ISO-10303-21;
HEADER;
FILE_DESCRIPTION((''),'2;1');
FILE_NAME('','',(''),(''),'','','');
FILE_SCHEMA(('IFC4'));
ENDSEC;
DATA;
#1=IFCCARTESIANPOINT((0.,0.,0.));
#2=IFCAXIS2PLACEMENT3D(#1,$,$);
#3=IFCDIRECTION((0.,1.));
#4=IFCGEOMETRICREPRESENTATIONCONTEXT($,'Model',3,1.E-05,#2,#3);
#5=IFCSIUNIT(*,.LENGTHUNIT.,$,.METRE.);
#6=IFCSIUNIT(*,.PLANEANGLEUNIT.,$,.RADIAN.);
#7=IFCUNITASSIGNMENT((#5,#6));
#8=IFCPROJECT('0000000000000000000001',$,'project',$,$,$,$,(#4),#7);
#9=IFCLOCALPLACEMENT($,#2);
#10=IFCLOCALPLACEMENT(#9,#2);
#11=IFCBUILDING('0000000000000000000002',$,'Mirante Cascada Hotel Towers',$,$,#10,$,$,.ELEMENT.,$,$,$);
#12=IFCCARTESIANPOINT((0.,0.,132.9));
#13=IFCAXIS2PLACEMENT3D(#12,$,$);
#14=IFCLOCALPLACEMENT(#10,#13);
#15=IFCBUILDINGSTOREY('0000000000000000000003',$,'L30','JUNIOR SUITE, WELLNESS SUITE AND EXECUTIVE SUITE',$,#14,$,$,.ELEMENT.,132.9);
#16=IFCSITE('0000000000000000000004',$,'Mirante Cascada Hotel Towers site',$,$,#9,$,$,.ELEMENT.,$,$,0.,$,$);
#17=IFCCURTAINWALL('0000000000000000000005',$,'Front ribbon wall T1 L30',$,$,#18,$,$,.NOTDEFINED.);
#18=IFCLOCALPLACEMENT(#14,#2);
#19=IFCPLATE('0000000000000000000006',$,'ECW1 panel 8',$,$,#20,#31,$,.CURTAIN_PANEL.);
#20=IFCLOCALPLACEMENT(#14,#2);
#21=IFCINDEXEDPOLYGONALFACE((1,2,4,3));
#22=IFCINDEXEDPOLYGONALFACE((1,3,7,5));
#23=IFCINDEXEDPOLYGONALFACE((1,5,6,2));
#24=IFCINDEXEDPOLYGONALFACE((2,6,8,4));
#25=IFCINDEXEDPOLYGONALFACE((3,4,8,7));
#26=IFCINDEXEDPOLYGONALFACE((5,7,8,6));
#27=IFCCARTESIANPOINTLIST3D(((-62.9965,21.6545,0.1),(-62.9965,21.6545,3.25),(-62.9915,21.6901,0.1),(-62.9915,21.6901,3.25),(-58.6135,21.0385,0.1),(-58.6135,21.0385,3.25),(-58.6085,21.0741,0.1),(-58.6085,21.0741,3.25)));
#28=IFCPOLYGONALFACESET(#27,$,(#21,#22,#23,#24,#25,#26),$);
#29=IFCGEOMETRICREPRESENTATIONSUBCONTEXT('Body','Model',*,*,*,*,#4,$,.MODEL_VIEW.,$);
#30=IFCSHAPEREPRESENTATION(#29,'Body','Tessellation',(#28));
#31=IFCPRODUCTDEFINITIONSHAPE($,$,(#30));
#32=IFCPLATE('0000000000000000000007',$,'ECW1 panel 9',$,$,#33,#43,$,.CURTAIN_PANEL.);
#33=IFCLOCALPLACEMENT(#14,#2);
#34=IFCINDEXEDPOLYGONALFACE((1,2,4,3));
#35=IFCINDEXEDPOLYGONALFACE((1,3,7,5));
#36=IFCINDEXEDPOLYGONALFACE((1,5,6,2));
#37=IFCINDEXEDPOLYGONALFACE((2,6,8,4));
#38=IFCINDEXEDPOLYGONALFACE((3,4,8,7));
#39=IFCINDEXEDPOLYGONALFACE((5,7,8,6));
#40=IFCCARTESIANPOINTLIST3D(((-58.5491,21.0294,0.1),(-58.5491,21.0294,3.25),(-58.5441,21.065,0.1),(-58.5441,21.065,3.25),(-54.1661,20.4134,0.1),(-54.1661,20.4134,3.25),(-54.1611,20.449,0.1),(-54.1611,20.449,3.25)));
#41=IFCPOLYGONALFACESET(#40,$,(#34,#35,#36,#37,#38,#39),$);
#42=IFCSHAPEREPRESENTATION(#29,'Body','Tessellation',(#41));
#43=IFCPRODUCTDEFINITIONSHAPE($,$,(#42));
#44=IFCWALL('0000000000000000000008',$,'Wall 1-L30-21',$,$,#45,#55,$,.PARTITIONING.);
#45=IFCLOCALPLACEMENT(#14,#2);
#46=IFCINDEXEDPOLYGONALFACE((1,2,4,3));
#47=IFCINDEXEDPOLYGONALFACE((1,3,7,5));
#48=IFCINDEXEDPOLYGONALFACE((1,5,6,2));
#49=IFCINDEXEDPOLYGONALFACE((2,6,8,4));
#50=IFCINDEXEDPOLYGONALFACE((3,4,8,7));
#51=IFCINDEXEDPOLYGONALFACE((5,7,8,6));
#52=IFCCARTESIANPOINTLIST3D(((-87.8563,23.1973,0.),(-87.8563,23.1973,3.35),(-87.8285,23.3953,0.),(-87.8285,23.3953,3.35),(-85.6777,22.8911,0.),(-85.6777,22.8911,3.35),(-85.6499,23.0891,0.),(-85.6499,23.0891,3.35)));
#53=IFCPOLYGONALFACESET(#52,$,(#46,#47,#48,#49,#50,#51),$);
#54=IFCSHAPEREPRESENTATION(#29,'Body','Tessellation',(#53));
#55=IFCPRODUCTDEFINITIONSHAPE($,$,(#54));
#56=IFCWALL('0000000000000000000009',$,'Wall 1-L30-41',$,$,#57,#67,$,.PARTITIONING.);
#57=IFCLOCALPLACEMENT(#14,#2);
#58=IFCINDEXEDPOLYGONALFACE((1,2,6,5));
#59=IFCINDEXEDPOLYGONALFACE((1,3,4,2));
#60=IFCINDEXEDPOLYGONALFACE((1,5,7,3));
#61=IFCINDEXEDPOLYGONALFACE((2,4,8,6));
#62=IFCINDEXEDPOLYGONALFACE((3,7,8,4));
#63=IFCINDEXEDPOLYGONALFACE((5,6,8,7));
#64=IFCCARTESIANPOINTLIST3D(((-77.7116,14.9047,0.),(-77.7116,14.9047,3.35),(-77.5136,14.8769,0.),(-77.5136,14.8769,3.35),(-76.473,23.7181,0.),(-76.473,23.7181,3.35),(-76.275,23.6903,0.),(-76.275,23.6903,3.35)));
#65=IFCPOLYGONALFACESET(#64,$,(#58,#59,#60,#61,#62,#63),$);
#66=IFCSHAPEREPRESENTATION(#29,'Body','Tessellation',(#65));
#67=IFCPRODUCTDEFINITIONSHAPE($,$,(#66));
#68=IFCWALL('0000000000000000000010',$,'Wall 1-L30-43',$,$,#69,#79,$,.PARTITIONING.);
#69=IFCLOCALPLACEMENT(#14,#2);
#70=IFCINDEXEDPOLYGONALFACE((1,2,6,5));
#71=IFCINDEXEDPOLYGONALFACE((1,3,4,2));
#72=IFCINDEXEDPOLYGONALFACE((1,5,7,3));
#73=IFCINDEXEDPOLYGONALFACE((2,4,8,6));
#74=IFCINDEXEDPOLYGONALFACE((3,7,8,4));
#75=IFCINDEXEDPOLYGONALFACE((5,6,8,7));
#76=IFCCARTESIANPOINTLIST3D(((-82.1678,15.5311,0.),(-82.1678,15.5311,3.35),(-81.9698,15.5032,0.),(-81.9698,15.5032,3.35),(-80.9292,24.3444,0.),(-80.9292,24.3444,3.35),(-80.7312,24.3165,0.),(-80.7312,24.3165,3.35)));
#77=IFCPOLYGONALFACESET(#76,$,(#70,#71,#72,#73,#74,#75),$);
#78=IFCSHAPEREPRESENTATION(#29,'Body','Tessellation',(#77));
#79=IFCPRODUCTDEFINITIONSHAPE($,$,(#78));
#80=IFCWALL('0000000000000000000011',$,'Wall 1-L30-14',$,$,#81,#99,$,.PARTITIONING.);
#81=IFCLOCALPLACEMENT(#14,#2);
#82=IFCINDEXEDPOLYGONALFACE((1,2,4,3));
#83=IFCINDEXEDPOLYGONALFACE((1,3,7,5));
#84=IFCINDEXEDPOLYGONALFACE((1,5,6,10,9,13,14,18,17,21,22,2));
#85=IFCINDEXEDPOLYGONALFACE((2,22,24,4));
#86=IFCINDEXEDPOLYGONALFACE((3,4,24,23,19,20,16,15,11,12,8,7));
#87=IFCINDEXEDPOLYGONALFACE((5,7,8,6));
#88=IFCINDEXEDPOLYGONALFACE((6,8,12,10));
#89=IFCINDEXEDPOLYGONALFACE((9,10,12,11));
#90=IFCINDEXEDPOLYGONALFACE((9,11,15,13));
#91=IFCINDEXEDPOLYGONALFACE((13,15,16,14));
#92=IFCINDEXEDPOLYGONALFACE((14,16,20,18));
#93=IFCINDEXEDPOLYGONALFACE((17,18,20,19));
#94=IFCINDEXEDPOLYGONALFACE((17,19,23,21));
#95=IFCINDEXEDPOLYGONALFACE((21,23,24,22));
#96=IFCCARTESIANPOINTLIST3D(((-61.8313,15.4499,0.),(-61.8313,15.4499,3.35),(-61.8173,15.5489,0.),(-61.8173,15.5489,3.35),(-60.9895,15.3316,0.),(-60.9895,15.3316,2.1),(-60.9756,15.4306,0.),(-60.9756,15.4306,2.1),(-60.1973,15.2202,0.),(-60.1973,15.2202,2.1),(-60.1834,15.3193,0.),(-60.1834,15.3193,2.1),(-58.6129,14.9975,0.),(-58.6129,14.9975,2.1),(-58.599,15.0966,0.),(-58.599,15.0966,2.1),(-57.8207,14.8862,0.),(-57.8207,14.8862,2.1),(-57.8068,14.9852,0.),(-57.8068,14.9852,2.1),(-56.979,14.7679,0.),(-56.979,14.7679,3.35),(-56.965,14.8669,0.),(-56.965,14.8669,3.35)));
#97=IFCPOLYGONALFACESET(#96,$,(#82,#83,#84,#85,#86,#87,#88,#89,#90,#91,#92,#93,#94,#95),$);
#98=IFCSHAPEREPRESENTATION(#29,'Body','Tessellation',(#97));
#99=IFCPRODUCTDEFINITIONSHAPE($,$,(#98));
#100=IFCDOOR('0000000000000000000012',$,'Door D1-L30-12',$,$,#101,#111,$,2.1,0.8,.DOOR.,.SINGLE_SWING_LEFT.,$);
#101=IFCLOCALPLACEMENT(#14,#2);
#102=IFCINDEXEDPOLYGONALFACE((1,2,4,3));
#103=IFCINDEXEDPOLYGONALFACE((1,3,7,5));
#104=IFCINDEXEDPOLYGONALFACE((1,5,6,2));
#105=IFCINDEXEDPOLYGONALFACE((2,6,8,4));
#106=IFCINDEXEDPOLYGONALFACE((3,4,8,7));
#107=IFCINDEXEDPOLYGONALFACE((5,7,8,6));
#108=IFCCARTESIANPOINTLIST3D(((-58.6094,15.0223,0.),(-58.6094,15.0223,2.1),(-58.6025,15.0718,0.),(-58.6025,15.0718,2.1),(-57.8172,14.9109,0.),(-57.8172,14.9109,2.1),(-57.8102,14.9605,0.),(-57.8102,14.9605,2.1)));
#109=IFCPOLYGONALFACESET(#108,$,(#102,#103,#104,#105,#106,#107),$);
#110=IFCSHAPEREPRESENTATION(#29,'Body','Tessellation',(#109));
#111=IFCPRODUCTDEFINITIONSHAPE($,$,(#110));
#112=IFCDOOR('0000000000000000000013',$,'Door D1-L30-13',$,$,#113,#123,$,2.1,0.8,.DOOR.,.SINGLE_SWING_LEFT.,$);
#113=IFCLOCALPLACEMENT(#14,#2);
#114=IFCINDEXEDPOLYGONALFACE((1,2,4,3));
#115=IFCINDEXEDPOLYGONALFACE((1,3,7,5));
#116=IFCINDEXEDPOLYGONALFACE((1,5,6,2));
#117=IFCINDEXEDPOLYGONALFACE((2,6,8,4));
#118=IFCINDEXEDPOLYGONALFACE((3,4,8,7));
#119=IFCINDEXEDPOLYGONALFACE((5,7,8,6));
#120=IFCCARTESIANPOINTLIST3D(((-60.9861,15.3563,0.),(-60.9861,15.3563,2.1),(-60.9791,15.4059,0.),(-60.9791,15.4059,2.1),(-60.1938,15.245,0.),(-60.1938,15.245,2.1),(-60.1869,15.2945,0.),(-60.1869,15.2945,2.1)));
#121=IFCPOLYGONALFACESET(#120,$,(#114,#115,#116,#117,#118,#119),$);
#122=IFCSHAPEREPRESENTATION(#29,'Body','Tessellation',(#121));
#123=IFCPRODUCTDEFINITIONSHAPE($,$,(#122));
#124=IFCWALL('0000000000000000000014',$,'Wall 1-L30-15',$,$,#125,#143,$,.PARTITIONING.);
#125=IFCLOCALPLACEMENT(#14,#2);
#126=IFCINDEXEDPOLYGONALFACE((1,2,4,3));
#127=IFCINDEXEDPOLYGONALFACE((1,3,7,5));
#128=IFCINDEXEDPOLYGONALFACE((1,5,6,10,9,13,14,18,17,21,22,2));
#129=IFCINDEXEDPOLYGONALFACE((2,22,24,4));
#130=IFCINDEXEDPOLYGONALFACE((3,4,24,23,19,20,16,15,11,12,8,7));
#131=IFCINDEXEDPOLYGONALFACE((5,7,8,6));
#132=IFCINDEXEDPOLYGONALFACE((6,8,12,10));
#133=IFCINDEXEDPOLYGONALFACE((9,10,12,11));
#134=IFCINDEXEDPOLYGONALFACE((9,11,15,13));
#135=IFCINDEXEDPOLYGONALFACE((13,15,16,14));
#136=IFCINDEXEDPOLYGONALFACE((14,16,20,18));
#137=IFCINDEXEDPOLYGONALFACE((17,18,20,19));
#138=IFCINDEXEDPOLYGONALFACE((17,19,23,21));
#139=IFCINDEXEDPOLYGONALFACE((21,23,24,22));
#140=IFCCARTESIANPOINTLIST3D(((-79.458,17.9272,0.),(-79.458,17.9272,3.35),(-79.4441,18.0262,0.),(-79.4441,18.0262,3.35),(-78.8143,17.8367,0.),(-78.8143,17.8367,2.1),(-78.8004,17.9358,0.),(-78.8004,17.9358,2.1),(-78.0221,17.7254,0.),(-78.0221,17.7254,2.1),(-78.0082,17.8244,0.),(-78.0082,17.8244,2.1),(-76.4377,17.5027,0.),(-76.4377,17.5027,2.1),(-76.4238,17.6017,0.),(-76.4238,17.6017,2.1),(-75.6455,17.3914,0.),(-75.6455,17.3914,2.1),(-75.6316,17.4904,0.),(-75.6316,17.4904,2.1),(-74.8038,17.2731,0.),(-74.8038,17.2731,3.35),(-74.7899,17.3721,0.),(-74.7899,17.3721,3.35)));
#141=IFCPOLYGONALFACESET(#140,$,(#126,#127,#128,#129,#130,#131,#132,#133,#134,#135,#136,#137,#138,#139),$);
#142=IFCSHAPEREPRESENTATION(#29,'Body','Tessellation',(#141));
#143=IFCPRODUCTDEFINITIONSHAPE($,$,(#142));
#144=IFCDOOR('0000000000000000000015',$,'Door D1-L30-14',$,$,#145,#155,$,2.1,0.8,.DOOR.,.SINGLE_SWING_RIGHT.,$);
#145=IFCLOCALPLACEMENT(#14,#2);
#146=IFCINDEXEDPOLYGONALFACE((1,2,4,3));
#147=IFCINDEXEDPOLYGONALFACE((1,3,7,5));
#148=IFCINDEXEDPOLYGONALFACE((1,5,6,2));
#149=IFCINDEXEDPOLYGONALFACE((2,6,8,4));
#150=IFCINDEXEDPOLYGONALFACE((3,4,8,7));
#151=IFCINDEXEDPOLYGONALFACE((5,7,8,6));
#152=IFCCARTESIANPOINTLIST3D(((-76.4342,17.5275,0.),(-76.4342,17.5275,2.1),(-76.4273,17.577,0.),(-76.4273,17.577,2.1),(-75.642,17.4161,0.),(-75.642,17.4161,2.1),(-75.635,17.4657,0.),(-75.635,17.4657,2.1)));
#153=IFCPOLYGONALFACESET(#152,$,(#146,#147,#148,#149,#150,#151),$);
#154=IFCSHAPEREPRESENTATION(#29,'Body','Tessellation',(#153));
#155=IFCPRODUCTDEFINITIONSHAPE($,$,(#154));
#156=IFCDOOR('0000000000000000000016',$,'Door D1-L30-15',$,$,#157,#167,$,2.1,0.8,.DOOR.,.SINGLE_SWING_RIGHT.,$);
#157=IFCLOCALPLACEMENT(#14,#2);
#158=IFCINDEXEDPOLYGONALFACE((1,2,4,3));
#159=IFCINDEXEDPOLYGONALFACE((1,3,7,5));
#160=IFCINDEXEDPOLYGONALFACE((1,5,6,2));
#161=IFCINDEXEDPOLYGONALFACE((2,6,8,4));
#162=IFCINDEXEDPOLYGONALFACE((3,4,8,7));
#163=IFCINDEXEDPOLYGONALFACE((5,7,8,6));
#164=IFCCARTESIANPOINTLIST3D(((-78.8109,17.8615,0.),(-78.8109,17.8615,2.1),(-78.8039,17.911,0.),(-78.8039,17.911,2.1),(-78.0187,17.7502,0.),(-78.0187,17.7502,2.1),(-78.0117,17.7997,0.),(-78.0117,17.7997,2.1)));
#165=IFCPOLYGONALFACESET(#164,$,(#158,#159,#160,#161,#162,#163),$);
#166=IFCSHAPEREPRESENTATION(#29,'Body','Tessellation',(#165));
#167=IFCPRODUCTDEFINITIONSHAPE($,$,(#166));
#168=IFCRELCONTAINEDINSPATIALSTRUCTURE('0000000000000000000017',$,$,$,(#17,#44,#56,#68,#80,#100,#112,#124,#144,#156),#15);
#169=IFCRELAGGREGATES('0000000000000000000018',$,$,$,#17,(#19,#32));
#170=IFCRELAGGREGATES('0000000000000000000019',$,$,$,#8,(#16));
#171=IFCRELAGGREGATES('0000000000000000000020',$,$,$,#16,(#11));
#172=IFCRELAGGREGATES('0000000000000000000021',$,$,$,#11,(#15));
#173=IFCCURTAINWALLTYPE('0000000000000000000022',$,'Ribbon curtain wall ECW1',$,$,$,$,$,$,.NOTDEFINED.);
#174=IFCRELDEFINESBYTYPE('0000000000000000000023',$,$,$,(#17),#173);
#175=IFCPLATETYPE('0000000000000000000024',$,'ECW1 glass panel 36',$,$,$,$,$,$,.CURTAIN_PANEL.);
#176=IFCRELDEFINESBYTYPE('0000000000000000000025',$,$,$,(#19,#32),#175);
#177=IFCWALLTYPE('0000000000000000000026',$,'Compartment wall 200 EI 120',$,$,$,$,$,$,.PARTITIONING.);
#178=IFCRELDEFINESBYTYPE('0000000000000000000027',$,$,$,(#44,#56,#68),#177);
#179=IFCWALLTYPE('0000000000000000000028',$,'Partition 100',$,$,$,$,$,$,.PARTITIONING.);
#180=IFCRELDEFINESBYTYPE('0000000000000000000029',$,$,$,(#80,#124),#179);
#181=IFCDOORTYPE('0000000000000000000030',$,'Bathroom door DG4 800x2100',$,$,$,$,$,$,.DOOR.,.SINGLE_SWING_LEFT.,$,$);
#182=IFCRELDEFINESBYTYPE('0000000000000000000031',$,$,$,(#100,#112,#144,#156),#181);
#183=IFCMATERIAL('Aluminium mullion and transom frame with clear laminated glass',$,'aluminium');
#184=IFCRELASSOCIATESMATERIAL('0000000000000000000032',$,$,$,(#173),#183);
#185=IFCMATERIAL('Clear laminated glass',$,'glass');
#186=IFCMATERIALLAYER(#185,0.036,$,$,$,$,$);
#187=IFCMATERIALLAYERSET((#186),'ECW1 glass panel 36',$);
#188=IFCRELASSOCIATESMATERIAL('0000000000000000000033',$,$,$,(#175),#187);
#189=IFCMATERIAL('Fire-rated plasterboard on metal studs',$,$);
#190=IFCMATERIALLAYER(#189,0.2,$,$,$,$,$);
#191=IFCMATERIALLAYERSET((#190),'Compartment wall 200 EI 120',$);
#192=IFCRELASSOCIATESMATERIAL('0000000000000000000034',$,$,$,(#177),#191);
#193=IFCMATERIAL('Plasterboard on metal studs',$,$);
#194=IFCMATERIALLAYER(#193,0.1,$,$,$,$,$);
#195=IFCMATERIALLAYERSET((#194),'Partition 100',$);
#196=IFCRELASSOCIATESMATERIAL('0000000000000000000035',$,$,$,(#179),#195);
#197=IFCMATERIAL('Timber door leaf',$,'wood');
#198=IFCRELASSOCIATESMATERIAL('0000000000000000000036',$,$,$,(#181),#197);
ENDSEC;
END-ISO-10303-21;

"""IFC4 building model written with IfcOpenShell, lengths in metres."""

from ifc_helpers import new_model, si_unit, direction, frame, frame_2d, origin, origin_2d, place, context, subcontext, project, spatial, rectangle, extrude, material, layer, layer_set, type_object, element, fill, aggregate, save


model = new_model("IFC4")

# Units and contexts
model_context = context("Model", 3, precision=1e-05, world=origin(), true_north=direction((0.0, 1.0)))
body_context = subcontext(model_context, "Body", "Model", "MODEL_VIEW")
ifc_project = project(units=[si_unit("LENGTHUNIT", "METRE"), si_unit("PLANEANGLEUNIT", "RADIAN")], contexts=[model_context])

# Site, building, storey
site_placement = place(None, origin())
site = spatial("IfcSite", under=ifc_project, at=site_placement, Name="Mirante Cascada Hotel Towers site", CompositionType="ELEMENT", RefElevation=0.0)
building_placement = place(site_placement, origin())
building = spatial("IfcBuilding", under=site, at=building_placement, Name="Mirante Cascada Hotel Towers", CompositionType="ELEMENT")
storey_placement = place(building_placement, frame((0.0, 0.0, 132.9)))
storey = spatial("IfcBuildingStorey", under=building, at=storey_placement, Name="L30", Description="JUNIOR SUITE, WELLNESS SUITE AND EXECUTIVE SUITE", CompositionType="ELEMENT", Elevation=132.9)

# Curtain wall, plates
ifc_material_1 = material(Name="Aluminium mullion and transom frame with clear laminated glass", Category="aluminium")
curtain_wall_type = type_object("IfcCurtainWallType", Name="Ribbon curtain wall ECW1", PredefinedType="NOTDEFINED", material=ifc_material_1)
curtain_wall_placement = place(storey_placement, origin())
curtain_wall = element("IfcCurtainWall", 1, at=curtain_wall_placement, inside=storey, type_object=curtain_wall_type, Name="Front ribbon wall T1 L30", PredefinedType="NOTDEFINED")
ifc_material_2 = material(Name="Clear laminated glass", Category="glass")
ifc_layer_1 = layer(ifc_material_2, 0.036)
ifc_layer_set_1 = layer_set([ifc_layer_1], Name="ECW1 glass panel 36")
plate_type = type_object("IfcPlateType", Name="ECW1 glass panel 36", PredefinedType="CURTAIN_PANEL", material=ifc_layer_set_1)
plate_1_placement = place(storey_placement, frame((-60.8025, 21.3643, 0.1), z_axis=(0.0, 0.0, 1.0), x_axis=(0.990268, -0.139173, 0.0)))
plate_1 = element("IfcPlate", 2, at=plate_1_placement, type_object=plate_type, Name="ECW1 panel 8", PredefinedType="CURTAIN_PANEL", context=body_context, shape_type="SweptSolid", body=[
    extrude(rectangle(XDim=4.4261, YDim=0.036, at=origin_2d()), origin(), (0.0, 0.0, 1.0), 3.15),
])
plate_2_placement = place(storey_placement, frame((-56.3551, 20.7392, 0.1), z_axis=(0.0, 0.0, 1.0), x_axis=(0.990268, -0.139173, 0.0)))
plate_2 = element("IfcPlate", 3, at=plate_2_placement, type_object=plate_type, Name="ECW1 panel 9", PredefinedType="CURTAIN_PANEL", context=body_context, shape_type="SweptSolid", body=[
    extrude(rectangle(XDim=4.4261, YDim=0.036, at=origin_2d()), origin(), (0.0, 0.0, 1.0), 3.15),
])
aggregate(curtain_wall, [plate_1, plate_2])

# Walls
ifc_material_3 = material(Name="Fire-rated plasterboard on metal studs")
ifc_layer_2 = layer(ifc_material_3, 0.2)
ifc_layer_set_2 = layer_set([ifc_layer_2], Name="Compartment wall 200 EI 120")
wall_type_1 = type_object("IfcWallType", Name="Compartment wall 200 EI 120", PredefinedType="PARTITIONING", material=ifc_layer_set_2)
wall_1_placement = place(storey_placement, frame((-85.6638, 22.9901, 0.0), z_axis=(0.0, 0.0, 1.0), x_axis=(-0.990267, 0.139181, 0.0)))
element("IfcWall", 4, at=wall_1_placement, inside=storey, type_object=wall_type_1, Name="Wall 1-L30-21", PredefinedType="PARTITIONING", context=body_context, shape_type="SweptSolid", body=[
    extrude(rectangle(XDim=2.2, YDim=0.2, at=frame_2d((1.1, 0.0))), origin(), (0.0, 0.0, 1.0), 3.35),
])
wall_2_placement = place(storey_placement, frame((-77.6126, 14.8908, 0.0), z_axis=(0.0, 0.0, 1.0), x_axis=(0.139168, 0.990269, 0.0)))
element("IfcWall", 5, at=wall_2_placement, inside=storey, type_object=wall_type_1, Name="Wall 1-L30-41", PredefinedType="PARTITIONING", context=body_context, shape_type="SweptSolid", body=[
    extrude(rectangle(XDim=8.9, YDim=0.2, at=frame_2d((4.45, 0.0))), origin(), (0.0, 0.0, 1.0), 3.35),
])
wall_3_placement = place(storey_placement, frame((-82.0688, 15.5171, 0.0), z_axis=(0.0, 0.0, 1.0), x_axis=(0.13917, 0.990268, 0.0)))
element("IfcWall", 6, at=wall_3_placement, inside=storey, type_object=wall_type_1, Name="Wall 1-L30-43", PredefinedType="PARTITIONING", context=body_context, shape_type="SweptSolid", body=[
    extrude(rectangle(XDim=8.8999, YDim=0.2, at=frame_2d((4.45, 0.0))), origin(), (0.0, 0.0, 1.0), 3.35),
])

# Walls, openings, doors
ifc_material_4 = material(Name="Plasterboard on metal studs")
ifc_layer_3 = layer(ifc_material_4, 0.1)
ifc_layer_set_3 = layer_set([ifc_layer_3], Name="Partition 100")
wall_type_2 = type_object("IfcWallType", Name="Partition 100", PredefinedType="PARTITIONING", material=ifc_layer_set_3)
wall_4_placement = place(storey_placement, frame((-61.8243, 15.4994, 0.0), z_axis=(0.0, 0.0, 1.0), x_axis=(0.990267, -0.139184, 0.0)))
wall_4 = element("IfcWall", 7, at=wall_4_placement, inside=storey, type_object=wall_type_2, Name="Wall 1-L30-14", PredefinedType="PARTITIONING", context=body_context, shape_type="SweptSolid", body=[
    extrude(rectangle(XDim=4.9, YDim=0.1, at=frame_2d((2.45, 0.0))), origin(), (0.0, 0.0, 1.0), 3.35),
])
opening_1_placement = place(wall_4_placement, frame((3.25, 0.0, 0.0)))
opening_1 = element("IfcOpeningElement", 8, at=opening_1_placement, cuts=wall_4, PredefinedType="OPENING", context=body_context, shape_type="SweptSolid", body=[
    extrude(rectangle(XDim=0.8, YDim=2.1, at=frame_2d((0.4, 1.05))), frame((0.0, 0.05, 0.0), z_axis=(0.0, -1.0, 0.0), x_axis=(1.0, 0.0, 0.0)), (0.0, 0.0, 1.0), 0.1),
])
opening_2_placement = place(wall_4_placement, frame((0.85, 0.0, 0.0)))
opening_2 = element("IfcOpeningElement", 9, at=opening_2_placement, cuts=wall_4, PredefinedType="OPENING", context=body_context, shape_type="SweptSolid", body=[
    extrude(rectangle(XDim=0.8, YDim=2.1, at=frame_2d((0.4, 1.05))), frame((0.0, 0.05, 0.0), z_axis=(0.0, -1.0, 0.0), x_axis=(1.0, 0.0, 0.0)), (0.0, 0.0, 1.0), 0.1),
])
ifc_material_5 = material(Name="Timber door leaf", Category="wood")
door_type = type_object("IfcDoorType", Name="Bathroom door DG4 800x2100", OperationType="SINGLE_SWING_LEFT", PredefinedType="DOOR", material=ifc_material_5)
door_1_placement = place(opening_1_placement, origin())
door_1 = element("IfcDoor", 10, at=door_1_placement, inside=storey, type_object=door_type, Name="Door D1-L30-12", OperationType="SINGLE_SWING_LEFT", OverallHeight=2.1, OverallWidth=0.8, PredefinedType="DOOR", context=body_context, shape_type="SweptSolid", body=[
    extrude(rectangle(XDim=0.8, YDim=2.1, at=frame_2d((0.4, 1.05))), frame((0.0, 0.025, 0.0), z_axis=(0.0, -1.0, 0.0), x_axis=(1.0, 0.0, 0.0)), (0.0, 0.0, 1.0), 0.05),
])
fill(opening_1, door_1)
door_2_placement = place(opening_2_placement, origin())
door_2 = element("IfcDoor", 11, at=door_2_placement, inside=storey, type_object=door_type, Name="Door D1-L30-13", OperationType="SINGLE_SWING_LEFT", OverallHeight=2.1, OverallWidth=0.8, PredefinedType="DOOR", context=body_context, shape_type="SweptSolid", body=[
    extrude(rectangle(XDim=0.8, YDim=2.1, at=frame_2d((0.4, 1.05))), frame((0.0, 0.025, 0.0), z_axis=(0.0, -1.0, 0.0), x_axis=(1.0, 0.0, 0.0)), (0.0, 0.0, 1.0), 0.05),
])
fill(opening_2, door_2)
wall_5_placement = place(storey_placement, frame((-74.7968, 17.3226, 0.0), z_axis=(0.0, 0.0, 1.0), x_axis=(-0.990268, 0.139172, 0.0)))
wall_5 = element("IfcWall", 12, at=wall_5_placement, inside=storey, type_object=wall_type_2, Name="Wall 1-L30-15", PredefinedType="PARTITIONING", context=body_context, shape_type="SweptSolid", body=[
    extrude(rectangle(XDim=4.6999, YDim=0.1, at=frame_2d((2.35, 0.0))), origin(), (0.0, 0.0, 1.0), 3.35),
])
opening_3_placement = place(wall_5_placement, frame((0.85, 0.0, 0.0)))
opening_3 = element("IfcOpeningElement", 13, at=opening_3_placement, cuts=wall_5, PredefinedType="OPENING", context=body_context, shape_type="SweptSolid", body=[
    extrude(rectangle(XDim=0.8, YDim=2.1, at=frame_2d((0.4, 1.05))), frame((0.0, 0.05, 0.0), z_axis=(0.0, -1.0, 0.0), x_axis=(1.0, 0.0, 0.0)), (0.0, 0.0, 1.0), 0.1),
])
opening_4_placement = place(wall_5_placement, frame((3.25, 0.0, 0.0)))
opening_4 = element("IfcOpeningElement", 14, at=opening_4_placement, cuts=wall_5, PredefinedType="OPENING", context=body_context, shape_type="SweptSolid", body=[
    extrude(rectangle(XDim=0.8, YDim=2.1, at=frame_2d((0.4, 1.05))), frame((0.0, 0.05, 0.0), z_axis=(0.0, -1.0, 0.0), x_axis=(1.0, 0.0, 0.0)), (0.0, 0.0, 1.0), 0.1),
])
door_3_placement = place(opening_3_placement, frame((0.8, 0.0, 0.0), z_axis=(0.0, 0.0, 1.0), x_axis=(-1.0, 0.0, 0.0)))
door_3 = element("IfcDoor", 15, at=door_3_placement, inside=storey, type_object=door_type, Name="Door D1-L30-14", OperationType="SINGLE_SWING_RIGHT", OverallHeight=2.1, OverallWidth=0.8, PredefinedType="DOOR", context=body_context, shape_type="SweptSolid", body=[
    extrude(rectangle(XDim=0.8, YDim=2.1, at=frame_2d((0.4, 1.05))), frame((0.0, 0.025, 0.0), z_axis=(0.0, -1.0, 0.0), x_axis=(1.0, 0.0, 0.0)), (0.0, 0.0, 1.0), 0.05),
])
fill(opening_3, door_3)
door_4_placement = place(opening_4_placement, frame((0.8, 0.0, 0.0), z_axis=(0.0, 0.0, 1.0), x_axis=(-1.0, 0.0, 0.0)))
door_4 = element("IfcDoor", 16, at=door_4_placement, inside=storey, type_object=door_type, Name="Door D1-L30-15", OperationType="SINGLE_SWING_RIGHT", OverallHeight=2.1, OverallWidth=0.8, PredefinedType="DOOR", context=body_context, shape_type="SweptSolid", body=[
    extrude(rectangle(XDim=0.8, YDim=2.1, at=frame_2d((0.4, 1.05))), frame((0.0, 0.025, 0.0), z_axis=(0.0, -1.0, 0.0), x_axis=(1.0, 0.0, 0.0)), (0.0, 0.0, 1.0), 0.05),
])
fill(opening_4, door_4)

save(model, "model.ifc")
